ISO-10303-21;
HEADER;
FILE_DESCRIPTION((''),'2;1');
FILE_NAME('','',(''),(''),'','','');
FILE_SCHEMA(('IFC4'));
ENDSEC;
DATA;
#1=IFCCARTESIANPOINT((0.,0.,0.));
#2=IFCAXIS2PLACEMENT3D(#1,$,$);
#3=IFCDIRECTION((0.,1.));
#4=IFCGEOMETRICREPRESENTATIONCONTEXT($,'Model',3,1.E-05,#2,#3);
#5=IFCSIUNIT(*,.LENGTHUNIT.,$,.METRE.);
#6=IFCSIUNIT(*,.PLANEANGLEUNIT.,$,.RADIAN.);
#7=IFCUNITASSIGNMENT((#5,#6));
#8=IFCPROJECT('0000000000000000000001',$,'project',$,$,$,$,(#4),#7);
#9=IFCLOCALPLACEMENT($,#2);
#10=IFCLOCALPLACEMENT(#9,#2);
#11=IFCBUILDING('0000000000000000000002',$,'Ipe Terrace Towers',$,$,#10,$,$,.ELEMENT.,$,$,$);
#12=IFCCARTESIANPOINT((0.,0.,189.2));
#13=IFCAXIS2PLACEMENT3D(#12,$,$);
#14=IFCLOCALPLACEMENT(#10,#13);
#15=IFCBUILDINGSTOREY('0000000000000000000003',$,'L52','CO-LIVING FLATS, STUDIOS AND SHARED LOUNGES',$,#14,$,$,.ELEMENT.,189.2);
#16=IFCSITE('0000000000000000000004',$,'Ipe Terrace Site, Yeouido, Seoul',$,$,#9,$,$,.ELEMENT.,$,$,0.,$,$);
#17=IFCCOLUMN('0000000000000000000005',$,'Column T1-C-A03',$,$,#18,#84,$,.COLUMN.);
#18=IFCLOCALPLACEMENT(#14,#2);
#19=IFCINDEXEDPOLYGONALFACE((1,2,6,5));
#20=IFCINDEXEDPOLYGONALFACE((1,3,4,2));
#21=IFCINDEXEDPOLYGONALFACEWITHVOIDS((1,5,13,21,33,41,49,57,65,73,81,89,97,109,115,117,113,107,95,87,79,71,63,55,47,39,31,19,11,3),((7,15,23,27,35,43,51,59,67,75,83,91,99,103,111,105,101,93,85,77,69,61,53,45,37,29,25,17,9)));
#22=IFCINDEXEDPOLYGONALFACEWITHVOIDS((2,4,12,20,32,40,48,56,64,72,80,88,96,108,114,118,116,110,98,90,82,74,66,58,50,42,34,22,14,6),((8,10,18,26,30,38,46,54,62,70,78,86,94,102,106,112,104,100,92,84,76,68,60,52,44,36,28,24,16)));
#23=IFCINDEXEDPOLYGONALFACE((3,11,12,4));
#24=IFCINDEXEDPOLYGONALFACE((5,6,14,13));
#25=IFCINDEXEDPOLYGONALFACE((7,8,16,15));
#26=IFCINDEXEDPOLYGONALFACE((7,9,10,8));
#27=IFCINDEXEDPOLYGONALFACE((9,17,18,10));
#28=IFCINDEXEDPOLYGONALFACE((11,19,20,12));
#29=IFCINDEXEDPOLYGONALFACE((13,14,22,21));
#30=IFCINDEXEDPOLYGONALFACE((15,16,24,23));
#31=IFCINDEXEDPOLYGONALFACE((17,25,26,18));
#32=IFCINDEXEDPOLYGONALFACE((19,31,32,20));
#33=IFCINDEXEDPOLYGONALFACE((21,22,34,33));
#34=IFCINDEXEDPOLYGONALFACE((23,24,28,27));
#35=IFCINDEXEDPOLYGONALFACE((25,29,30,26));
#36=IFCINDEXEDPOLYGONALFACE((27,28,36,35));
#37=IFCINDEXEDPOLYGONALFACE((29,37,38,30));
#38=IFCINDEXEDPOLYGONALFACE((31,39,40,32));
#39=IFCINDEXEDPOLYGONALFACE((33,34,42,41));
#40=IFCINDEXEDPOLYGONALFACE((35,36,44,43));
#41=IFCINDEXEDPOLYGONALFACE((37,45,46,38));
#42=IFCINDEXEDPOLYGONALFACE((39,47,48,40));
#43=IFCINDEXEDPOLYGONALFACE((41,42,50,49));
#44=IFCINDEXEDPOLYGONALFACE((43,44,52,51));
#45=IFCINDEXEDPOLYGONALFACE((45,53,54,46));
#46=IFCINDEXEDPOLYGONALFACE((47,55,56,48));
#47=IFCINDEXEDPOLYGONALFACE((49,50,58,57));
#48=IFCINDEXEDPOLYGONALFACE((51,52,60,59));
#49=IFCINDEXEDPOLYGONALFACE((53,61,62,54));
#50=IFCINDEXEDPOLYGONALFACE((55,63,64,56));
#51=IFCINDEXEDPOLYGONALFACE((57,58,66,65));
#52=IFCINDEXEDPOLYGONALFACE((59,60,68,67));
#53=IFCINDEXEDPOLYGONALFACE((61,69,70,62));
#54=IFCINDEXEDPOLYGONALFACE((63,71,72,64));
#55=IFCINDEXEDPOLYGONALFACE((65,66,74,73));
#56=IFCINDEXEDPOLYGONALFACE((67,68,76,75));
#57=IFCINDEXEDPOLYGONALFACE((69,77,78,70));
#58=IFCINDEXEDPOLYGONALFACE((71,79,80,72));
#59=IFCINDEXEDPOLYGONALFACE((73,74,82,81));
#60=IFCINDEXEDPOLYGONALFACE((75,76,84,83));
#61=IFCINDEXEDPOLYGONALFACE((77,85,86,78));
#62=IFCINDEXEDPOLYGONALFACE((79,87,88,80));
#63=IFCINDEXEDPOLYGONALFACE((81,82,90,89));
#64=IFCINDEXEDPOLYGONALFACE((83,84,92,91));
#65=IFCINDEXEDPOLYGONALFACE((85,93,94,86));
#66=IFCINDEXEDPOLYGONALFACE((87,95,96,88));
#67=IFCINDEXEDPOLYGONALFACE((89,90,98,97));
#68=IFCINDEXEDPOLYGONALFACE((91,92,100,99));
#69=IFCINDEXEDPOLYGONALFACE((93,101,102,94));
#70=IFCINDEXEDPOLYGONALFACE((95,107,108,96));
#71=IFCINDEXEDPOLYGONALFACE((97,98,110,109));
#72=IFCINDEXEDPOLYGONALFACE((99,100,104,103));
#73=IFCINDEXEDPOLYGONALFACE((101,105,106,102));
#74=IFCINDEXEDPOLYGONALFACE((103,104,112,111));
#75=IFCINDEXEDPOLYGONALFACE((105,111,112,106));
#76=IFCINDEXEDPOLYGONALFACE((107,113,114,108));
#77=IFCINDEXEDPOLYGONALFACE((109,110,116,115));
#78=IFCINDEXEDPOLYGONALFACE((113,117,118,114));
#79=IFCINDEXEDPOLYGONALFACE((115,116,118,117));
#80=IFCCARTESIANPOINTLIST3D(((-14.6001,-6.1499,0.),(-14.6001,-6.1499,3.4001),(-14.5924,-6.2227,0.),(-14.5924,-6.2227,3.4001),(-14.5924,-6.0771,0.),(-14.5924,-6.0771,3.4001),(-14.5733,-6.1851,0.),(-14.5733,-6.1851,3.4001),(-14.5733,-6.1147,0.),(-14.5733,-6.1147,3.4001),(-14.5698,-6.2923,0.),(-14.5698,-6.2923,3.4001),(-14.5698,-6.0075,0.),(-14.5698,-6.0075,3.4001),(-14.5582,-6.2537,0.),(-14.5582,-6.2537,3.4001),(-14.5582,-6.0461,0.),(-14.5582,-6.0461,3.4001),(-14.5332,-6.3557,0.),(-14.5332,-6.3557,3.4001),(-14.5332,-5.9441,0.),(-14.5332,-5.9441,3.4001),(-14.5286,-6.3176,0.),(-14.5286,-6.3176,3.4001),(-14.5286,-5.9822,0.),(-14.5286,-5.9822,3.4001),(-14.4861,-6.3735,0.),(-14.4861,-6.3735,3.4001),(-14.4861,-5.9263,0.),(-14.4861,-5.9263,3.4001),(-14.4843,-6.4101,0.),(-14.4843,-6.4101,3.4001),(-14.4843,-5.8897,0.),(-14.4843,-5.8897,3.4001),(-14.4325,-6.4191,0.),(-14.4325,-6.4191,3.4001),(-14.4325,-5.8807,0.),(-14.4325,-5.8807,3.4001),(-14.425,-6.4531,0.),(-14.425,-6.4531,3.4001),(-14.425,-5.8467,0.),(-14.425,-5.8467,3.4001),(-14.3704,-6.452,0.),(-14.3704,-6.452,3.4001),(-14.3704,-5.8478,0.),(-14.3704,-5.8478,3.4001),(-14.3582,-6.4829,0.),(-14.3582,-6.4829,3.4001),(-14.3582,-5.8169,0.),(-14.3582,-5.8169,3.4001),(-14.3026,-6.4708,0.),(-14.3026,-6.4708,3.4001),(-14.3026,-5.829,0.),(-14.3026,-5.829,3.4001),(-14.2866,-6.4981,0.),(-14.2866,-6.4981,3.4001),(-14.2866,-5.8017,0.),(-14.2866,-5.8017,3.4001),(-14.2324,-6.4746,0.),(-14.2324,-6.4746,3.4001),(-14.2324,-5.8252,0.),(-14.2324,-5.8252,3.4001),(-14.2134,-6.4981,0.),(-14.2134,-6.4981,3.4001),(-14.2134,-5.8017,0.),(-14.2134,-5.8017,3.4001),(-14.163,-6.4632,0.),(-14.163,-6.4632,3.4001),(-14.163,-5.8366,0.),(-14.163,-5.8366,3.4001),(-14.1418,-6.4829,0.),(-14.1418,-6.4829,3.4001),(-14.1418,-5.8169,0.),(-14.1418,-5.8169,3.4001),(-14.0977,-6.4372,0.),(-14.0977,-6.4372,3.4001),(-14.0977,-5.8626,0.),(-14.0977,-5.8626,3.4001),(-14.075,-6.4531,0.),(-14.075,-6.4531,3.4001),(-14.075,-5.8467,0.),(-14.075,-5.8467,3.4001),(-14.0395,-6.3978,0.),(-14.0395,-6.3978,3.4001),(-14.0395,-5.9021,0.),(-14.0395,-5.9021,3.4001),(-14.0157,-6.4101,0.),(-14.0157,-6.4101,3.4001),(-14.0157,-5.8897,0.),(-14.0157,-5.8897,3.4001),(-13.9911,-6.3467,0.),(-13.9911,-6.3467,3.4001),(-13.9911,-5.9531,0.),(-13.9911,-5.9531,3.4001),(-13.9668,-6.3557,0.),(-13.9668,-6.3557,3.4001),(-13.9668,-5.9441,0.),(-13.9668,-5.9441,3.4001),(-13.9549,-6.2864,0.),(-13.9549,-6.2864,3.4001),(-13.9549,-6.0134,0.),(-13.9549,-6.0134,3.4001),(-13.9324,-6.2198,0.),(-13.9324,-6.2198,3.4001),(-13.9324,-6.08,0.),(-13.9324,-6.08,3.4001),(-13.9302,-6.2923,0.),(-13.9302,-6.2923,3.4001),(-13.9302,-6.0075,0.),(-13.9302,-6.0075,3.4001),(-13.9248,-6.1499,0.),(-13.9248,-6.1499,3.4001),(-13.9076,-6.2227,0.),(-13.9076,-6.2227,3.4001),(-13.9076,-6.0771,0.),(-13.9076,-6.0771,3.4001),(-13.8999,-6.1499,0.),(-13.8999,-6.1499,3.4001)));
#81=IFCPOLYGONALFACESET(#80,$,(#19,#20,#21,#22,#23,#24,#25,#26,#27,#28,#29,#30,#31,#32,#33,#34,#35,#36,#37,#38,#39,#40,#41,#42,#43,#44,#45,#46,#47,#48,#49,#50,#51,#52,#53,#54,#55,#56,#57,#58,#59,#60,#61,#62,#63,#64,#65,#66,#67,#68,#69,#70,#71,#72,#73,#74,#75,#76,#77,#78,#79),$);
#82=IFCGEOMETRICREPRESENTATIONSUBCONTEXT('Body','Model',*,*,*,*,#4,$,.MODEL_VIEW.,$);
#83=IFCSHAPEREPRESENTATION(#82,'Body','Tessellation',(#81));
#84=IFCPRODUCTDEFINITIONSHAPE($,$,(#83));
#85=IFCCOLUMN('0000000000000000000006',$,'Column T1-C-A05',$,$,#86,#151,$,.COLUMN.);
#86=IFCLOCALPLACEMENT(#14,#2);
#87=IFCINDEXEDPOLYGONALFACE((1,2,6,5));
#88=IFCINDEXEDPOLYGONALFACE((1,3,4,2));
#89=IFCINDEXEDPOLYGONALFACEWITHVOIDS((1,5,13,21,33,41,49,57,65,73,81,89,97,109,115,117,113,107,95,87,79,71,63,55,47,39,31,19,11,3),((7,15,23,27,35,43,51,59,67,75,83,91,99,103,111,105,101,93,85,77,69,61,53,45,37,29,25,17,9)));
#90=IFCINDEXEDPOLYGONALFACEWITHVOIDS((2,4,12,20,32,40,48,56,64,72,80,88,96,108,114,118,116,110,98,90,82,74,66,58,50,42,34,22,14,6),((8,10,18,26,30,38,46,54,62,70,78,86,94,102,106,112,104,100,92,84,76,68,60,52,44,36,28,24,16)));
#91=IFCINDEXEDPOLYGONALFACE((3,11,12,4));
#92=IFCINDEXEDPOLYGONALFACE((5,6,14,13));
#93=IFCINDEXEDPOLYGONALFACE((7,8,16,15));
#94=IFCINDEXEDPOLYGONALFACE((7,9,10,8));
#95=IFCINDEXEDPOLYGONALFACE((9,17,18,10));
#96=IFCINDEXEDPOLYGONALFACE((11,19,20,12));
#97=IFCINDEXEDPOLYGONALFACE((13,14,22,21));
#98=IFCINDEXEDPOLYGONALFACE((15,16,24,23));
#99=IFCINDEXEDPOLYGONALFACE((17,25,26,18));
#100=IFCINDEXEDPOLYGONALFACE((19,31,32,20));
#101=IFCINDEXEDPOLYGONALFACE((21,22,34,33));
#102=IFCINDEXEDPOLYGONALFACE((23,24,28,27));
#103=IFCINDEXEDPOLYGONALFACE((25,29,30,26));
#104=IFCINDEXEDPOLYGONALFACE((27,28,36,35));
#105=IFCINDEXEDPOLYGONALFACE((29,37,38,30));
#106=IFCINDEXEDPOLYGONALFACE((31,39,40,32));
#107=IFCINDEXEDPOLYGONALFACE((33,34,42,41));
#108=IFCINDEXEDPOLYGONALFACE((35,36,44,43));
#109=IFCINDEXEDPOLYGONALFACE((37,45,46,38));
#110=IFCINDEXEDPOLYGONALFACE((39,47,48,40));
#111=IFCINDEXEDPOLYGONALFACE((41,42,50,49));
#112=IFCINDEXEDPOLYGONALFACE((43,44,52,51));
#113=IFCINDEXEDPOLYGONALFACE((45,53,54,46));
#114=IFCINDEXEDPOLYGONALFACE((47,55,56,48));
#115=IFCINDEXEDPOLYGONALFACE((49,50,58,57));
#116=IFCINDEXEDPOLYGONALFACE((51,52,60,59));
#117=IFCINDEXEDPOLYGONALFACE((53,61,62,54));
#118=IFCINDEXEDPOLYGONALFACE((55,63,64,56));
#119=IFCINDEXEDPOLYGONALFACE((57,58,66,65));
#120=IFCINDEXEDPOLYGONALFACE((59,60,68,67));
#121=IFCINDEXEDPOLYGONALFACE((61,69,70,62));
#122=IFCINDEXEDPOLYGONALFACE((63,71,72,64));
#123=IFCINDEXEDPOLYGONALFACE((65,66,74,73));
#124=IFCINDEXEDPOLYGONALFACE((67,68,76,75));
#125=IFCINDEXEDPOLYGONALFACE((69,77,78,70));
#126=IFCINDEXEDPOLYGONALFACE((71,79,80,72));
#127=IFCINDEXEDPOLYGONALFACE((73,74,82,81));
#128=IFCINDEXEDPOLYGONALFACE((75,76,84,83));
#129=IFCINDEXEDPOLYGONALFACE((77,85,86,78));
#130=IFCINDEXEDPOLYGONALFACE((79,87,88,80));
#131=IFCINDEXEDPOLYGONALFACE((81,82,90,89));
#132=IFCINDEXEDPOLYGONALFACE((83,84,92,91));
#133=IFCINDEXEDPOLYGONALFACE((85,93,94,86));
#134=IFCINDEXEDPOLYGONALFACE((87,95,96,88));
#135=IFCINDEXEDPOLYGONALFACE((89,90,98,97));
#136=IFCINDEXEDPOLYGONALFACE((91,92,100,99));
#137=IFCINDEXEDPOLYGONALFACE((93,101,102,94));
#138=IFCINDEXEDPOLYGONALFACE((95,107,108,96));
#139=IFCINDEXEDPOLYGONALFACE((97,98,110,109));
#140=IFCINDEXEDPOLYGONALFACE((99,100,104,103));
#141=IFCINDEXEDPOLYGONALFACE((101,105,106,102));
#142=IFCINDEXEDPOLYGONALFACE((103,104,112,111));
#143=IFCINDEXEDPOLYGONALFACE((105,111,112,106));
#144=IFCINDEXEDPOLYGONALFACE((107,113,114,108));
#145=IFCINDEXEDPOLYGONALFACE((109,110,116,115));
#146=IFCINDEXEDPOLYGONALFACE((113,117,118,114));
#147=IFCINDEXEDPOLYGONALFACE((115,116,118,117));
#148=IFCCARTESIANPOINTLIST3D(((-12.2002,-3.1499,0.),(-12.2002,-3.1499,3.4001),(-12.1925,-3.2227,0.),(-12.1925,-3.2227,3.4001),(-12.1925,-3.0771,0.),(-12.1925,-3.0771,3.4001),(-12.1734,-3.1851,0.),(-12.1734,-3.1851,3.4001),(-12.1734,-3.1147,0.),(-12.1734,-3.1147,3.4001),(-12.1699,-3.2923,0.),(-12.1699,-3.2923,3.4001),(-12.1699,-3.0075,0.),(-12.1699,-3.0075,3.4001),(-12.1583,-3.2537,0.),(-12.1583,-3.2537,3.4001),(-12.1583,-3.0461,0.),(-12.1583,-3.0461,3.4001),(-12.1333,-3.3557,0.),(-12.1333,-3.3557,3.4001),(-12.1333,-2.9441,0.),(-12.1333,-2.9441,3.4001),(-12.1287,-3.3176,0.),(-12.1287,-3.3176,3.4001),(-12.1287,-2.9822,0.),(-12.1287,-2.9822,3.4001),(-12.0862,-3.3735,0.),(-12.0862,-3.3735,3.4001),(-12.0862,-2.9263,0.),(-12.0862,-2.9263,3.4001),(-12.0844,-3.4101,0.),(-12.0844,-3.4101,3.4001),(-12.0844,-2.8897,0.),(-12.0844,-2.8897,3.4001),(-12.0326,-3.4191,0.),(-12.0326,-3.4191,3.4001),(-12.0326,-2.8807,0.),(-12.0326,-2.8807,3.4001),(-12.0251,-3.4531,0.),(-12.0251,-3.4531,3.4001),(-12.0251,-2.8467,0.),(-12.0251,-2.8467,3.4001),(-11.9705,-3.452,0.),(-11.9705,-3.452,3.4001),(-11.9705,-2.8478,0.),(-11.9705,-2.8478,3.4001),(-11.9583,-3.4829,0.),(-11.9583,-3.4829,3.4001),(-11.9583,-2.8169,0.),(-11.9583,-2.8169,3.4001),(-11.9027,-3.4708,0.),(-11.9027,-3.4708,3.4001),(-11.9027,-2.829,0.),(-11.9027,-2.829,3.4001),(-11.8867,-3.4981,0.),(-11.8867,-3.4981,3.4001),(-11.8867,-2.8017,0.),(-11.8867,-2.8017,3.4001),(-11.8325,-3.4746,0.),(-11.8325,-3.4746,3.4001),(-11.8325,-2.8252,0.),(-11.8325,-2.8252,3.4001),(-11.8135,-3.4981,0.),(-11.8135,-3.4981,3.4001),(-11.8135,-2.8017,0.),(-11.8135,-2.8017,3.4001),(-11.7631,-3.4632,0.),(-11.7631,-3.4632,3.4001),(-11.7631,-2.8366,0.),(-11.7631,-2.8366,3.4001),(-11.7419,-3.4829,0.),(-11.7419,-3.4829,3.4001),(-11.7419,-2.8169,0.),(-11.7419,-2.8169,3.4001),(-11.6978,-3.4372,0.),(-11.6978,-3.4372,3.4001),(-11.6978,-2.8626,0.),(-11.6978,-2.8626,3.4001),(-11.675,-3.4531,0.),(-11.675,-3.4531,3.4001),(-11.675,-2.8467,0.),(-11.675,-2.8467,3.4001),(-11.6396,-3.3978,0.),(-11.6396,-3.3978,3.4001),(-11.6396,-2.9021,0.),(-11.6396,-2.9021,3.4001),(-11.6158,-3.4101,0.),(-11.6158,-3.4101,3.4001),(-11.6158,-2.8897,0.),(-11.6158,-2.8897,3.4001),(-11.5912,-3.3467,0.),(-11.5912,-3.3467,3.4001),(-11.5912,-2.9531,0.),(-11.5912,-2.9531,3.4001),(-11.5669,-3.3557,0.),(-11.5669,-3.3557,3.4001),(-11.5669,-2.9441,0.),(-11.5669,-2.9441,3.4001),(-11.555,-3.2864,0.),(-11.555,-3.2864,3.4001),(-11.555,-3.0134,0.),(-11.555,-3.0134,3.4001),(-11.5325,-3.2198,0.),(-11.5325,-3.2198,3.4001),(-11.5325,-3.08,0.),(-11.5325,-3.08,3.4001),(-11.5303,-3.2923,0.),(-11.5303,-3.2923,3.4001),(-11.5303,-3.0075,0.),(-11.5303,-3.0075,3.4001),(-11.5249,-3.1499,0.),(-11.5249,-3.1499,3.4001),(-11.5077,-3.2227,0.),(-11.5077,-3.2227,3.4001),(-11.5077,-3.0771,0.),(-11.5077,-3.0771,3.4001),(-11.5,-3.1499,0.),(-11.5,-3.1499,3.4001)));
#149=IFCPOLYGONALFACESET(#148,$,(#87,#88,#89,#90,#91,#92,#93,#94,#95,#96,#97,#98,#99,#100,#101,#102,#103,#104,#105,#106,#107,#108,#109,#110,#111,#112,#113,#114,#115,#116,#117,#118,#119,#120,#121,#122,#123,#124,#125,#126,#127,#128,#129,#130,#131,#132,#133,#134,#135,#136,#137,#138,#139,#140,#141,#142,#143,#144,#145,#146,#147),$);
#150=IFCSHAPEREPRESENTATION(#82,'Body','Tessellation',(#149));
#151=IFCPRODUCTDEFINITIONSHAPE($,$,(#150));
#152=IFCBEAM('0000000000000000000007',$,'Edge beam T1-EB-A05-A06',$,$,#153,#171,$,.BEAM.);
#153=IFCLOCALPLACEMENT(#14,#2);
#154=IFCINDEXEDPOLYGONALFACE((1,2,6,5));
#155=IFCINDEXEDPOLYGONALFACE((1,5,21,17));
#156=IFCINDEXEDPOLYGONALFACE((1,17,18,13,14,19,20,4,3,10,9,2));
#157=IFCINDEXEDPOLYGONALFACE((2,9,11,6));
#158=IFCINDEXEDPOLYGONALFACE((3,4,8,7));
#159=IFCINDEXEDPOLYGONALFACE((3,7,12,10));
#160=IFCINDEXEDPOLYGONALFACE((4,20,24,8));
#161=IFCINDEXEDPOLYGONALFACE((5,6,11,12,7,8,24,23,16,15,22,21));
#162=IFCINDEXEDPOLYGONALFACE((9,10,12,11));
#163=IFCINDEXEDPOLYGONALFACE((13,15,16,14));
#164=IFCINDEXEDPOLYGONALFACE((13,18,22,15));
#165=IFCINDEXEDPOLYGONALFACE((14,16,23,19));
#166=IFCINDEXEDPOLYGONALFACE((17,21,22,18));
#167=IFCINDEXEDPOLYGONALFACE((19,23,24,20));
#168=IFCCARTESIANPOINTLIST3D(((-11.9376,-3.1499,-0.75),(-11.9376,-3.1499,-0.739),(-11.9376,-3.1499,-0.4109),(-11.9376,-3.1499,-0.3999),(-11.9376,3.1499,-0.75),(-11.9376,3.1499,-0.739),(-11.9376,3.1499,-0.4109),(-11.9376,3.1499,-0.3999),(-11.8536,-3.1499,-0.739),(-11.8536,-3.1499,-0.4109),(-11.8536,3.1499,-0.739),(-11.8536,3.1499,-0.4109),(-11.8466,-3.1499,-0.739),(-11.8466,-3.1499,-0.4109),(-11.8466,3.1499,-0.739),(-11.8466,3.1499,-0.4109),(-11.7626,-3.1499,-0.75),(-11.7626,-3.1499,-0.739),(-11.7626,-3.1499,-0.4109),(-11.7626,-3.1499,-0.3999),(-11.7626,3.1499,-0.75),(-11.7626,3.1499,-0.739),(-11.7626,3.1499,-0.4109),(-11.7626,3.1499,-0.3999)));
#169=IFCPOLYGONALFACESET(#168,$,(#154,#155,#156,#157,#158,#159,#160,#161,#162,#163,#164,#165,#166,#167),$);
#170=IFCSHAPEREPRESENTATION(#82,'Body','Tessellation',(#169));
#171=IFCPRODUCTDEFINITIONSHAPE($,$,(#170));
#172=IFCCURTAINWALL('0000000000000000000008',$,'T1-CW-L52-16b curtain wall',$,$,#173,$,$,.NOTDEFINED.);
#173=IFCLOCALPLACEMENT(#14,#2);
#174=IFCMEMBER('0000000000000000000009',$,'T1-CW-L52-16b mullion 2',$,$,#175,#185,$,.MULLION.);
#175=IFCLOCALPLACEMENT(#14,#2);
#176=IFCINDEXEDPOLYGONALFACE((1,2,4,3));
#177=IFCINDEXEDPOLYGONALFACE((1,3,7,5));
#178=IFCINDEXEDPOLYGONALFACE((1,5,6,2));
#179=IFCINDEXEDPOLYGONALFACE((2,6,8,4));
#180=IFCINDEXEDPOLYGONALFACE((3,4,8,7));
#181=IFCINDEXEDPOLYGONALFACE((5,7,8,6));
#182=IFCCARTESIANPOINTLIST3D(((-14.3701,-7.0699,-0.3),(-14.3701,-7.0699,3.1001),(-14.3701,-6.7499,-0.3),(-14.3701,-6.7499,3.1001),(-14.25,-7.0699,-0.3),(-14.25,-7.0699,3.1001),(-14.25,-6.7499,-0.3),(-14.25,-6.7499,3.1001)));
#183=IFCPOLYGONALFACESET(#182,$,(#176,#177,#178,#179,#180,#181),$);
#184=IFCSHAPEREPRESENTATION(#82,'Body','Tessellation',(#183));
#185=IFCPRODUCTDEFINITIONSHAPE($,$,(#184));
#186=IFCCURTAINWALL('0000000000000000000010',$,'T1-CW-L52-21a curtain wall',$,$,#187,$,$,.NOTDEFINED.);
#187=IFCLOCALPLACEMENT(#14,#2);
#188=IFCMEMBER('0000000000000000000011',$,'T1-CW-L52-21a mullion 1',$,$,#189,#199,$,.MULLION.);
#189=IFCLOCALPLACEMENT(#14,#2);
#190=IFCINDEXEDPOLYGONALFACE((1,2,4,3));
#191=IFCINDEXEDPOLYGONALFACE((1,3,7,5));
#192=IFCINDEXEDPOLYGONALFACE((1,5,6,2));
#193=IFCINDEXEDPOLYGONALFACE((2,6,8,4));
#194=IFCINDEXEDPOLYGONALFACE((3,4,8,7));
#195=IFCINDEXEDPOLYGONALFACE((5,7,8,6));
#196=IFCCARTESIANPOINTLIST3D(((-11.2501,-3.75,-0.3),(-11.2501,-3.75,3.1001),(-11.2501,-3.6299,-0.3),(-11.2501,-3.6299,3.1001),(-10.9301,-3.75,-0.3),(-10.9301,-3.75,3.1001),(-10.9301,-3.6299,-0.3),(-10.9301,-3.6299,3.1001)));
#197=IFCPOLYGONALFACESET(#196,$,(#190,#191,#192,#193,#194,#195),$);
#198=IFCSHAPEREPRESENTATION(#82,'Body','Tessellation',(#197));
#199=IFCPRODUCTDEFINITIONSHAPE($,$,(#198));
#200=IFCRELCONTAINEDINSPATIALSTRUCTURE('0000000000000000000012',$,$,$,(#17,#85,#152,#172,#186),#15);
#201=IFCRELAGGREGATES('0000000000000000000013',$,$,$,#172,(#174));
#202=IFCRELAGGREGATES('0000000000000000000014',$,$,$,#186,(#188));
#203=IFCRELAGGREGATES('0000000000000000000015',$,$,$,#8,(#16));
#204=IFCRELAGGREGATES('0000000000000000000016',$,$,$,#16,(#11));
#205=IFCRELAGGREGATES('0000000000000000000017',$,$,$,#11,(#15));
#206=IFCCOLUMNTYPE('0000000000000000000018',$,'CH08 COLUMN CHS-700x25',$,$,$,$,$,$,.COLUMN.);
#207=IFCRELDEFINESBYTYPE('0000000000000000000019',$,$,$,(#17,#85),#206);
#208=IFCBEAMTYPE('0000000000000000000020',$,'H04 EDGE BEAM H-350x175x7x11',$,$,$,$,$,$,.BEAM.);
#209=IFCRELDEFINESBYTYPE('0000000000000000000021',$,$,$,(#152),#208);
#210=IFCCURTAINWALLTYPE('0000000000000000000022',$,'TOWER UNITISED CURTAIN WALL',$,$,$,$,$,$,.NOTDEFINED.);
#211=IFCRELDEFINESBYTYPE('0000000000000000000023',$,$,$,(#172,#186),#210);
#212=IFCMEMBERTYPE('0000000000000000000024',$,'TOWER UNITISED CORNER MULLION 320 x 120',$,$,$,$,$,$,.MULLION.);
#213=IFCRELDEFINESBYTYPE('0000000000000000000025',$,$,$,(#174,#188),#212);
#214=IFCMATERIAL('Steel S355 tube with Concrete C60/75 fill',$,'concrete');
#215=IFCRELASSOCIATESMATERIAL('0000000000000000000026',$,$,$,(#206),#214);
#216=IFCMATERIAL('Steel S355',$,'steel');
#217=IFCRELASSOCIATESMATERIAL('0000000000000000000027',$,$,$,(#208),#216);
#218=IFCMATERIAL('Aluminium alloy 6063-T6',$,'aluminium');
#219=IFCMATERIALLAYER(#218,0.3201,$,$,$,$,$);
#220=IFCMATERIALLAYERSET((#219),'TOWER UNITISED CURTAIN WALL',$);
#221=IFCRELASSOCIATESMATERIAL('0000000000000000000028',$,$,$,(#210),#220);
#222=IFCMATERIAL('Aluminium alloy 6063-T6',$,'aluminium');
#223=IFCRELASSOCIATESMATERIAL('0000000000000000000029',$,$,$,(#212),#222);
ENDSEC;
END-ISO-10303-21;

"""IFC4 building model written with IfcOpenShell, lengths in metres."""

from ifc_helpers import new_model, si_unit, direction, frame, origin, origin_2d, place, context, subcontext, project, spatial, rectangle, hollow_circle, i_section, extrude, material, layer, layer_set, material_profile, profile_set, type_object, element, aggregate, save


model = new_model("IFC4")

# Units and contexts
model_context = context("Model", 3, precision=1e-05, world=origin(), true_north=direction((0.0, 1.0)))
body_context = subcontext(model_context, "Body", "Model", "MODEL_VIEW")
ifc_project = project(units=[si_unit("LENGTHUNIT", "METRE"), si_unit("PLANEANGLEUNIT", "RADIAN")], contexts=[model_context])

# Site, building, storey
site_placement = place(None, origin())
site = spatial("IfcSite", under=ifc_project, at=site_placement, Name="Ipe Terrace Site, Yeouido, Seoul", CompositionType="ELEMENT", RefElevation=0.0)
building_placement = place(site_placement, origin())
building = spatial("IfcBuilding", under=site, at=building_placement, Name="Ipe Terrace Towers", CompositionType="ELEMENT")
storey_placement = place(building_placement, frame((0.0, 0.0, 189.2)))
storey = spatial("IfcBuildingStorey", under=building, at=storey_placement, Name="L52", Description="CO-LIVING FLATS, STUDIOS AND SHARED LOUNGES", CompositionType="ELEMENT", Elevation=189.2)

# Columns
ifc_material_1 = material(Name="Steel S355 tube with Concrete C60/75 fill", Category="concrete")
ifc_material_profile_1 = material_profile(ifc_material_1, hollow_circle(Radius=0.3501, WallThickness=0.0249, at=origin_2d()), Name="CHS-700x25")
ifc_profile_set_1 = profile_set([ifc_material_profile_1], Name="Steel S355 tube with Concrete C60/75 fill")
column_type = type_object("IfcColumnType", Name="CH08 COLUMN CHS-700x25", PredefinedType="COLUMN", material=ifc_profile_set_1)
for number, where, z_axis, x_axis, name in (
    (1, (-14.25, -6.1499, 0.0), (0.0, 0.0, 1.0), (1.0, 0.0, 0.0), "Column T1-C-A03"),
    (2, (-11.8501, -3.1499, 0.0), (0.0, 0.0, 1.0), (1.0, 0.0, 0.0), "Column T1-C-A05"),
):
    element("IfcColumn", number, at=place(storey_placement, frame(where, z_axis=z_axis, x_axis=x_axis)), inside=storey, type_object=column_type, Name=name, PredefinedType="COLUMN", context=body_context, shape_type="SweptSolid", body=[
        extrude(hollow_circle(Radius=0.3501, WallThickness=0.0249, at=origin_2d()), origin(), (0.0, 0.0, 1.0), 3.4001),
    ])

# Beam
ifc_material_2 = material(Name="Steel S355", Category="steel")
ifc_material_profile_2 = material_profile(ifc_material_2, i_section(OverallWidth=0.175, OverallDepth=0.3501, WebThickness=0.0071, FlangeThickness=0.011, at=origin_2d()), Name="H-350x175x7x11")
ifc_profile_set_2 = profile_set([ifc_material_profile_2], Name="Steel S355")
beam_type = type_object("IfcBeamType", Name="H04 EDGE BEAM H-350x175x7x11", PredefinedType="BEAM", material=ifc_profile_set_2)
beam_placement = place(storey_placement, frame((-11.8501, -3.1499, -0.575), z_axis=(0.0, 1.0, 0.0), x_axis=(-1.0, 0.0, 0.0)))
element("IfcBeam", 3, at=beam_placement, inside=storey, type_object=beam_type, Name="Edge beam T1-EB-A05-A06", PredefinedType="BEAM", context=body_context, shape_type="SweptSolid", body=[
    extrude(i_section(OverallWidth=0.175, OverallDepth=0.3501, WebThickness=0.0071, FlangeThickness=0.011, at=origin_2d()), origin(), (0.0, 0.0, 1.0), 6.2998),
])

# Curtain wall, member
ifc_material_3 = material(Name="Aluminium alloy 6063-T6", Category="aluminium")
ifc_layer_1 = layer(ifc_material_3, 0.3201)
ifc_layer_set_1 = layer_set([ifc_layer_1], Name="TOWER UNITISED CURTAIN WALL")
curtain_wall_type = type_object("IfcCurtainWallType", Name="TOWER UNITISED CURTAIN WALL", PredefinedType="NOTDEFINED", material=ifc_layer_set_1)
curtain_wall_1_placement = place(storey_placement, origin())
curtain_wall_1 = element("IfcCurtainWall", 4, at=curtain_wall_1_placement, inside=storey, type_object=curtain_wall_type, Name="T1-CW-L52-16b curtain wall", PredefinedType="NOTDEFINED")
ifc_material_4 = material(Name="Aluminium alloy 6063-T6", Category="aluminium")
ifc_material_profile_3 = material_profile(ifc_material_4, rectangle(XDim=0.3201, YDim=0.1201, at=origin_2d()), Name="TOWER UNITISED CORNER MULLION 320 x 120")
ifc_profile_set_3 = profile_set([ifc_material_profile_3], Name="Aluminium alloy 6063-T6")
member_type_1 = type_object("IfcMemberType", Name="TOWER UNITISED CORNER MULLION 320 x 120", PredefinedType="MULLION", material=ifc_profile_set_3)
member_1_placement = place(storey_placement, frame((-14.3101, -6.9099, -0.3), z_axis=(0.0, 0.0, 1.0), x_axis=(0.0, -1.0, 0.0)))
member_1 = element("IfcMember", 5, at=member_1_placement, type_object=member_type_1, Name="T1-CW-L52-16b mullion 2", PredefinedType="MULLION", context=body_context, shape_type="SweptSolid", body=[
    extrude(rectangle(XDim=0.3201, YDim=0.1201, at=origin_2d()), origin(), (0.0, 0.0, 1.0), 3.4001),
])

# Curtain wall, member
curtain_wall_2_placement = place(storey_placement, origin())
curtain_wall_2 = element("IfcCurtainWall", 6, at=curtain_wall_2_placement, inside=storey, type_object=curtain_wall_type, Name="T1-CW-L52-21a curtain wall", PredefinedType="NOTDEFINED")
member_2_placement = place(storey_placement, frame((-11.0901, -3.6899, -0.3), z_axis=(0.0, 0.0, 1.0), x_axis=(1.0, 0.0, 0.0)))
member_2 = element("IfcMember", 7, at=member_2_placement, type_object=member_type_1, Name="T1-CW-L52-21a mullion 1", PredefinedType="MULLION", context=body_context, shape_type="SweptSolid", body=[
    extrude(rectangle(XDim=0.3201, YDim=0.1201, at=origin_2d()), origin(), (0.0, 0.0, 1.0), 3.4001),
])

aggregate(curtain_wall_1, [member_1])
aggregate(curtain_wall_2, [member_2])

save(model, "model.ifc")
